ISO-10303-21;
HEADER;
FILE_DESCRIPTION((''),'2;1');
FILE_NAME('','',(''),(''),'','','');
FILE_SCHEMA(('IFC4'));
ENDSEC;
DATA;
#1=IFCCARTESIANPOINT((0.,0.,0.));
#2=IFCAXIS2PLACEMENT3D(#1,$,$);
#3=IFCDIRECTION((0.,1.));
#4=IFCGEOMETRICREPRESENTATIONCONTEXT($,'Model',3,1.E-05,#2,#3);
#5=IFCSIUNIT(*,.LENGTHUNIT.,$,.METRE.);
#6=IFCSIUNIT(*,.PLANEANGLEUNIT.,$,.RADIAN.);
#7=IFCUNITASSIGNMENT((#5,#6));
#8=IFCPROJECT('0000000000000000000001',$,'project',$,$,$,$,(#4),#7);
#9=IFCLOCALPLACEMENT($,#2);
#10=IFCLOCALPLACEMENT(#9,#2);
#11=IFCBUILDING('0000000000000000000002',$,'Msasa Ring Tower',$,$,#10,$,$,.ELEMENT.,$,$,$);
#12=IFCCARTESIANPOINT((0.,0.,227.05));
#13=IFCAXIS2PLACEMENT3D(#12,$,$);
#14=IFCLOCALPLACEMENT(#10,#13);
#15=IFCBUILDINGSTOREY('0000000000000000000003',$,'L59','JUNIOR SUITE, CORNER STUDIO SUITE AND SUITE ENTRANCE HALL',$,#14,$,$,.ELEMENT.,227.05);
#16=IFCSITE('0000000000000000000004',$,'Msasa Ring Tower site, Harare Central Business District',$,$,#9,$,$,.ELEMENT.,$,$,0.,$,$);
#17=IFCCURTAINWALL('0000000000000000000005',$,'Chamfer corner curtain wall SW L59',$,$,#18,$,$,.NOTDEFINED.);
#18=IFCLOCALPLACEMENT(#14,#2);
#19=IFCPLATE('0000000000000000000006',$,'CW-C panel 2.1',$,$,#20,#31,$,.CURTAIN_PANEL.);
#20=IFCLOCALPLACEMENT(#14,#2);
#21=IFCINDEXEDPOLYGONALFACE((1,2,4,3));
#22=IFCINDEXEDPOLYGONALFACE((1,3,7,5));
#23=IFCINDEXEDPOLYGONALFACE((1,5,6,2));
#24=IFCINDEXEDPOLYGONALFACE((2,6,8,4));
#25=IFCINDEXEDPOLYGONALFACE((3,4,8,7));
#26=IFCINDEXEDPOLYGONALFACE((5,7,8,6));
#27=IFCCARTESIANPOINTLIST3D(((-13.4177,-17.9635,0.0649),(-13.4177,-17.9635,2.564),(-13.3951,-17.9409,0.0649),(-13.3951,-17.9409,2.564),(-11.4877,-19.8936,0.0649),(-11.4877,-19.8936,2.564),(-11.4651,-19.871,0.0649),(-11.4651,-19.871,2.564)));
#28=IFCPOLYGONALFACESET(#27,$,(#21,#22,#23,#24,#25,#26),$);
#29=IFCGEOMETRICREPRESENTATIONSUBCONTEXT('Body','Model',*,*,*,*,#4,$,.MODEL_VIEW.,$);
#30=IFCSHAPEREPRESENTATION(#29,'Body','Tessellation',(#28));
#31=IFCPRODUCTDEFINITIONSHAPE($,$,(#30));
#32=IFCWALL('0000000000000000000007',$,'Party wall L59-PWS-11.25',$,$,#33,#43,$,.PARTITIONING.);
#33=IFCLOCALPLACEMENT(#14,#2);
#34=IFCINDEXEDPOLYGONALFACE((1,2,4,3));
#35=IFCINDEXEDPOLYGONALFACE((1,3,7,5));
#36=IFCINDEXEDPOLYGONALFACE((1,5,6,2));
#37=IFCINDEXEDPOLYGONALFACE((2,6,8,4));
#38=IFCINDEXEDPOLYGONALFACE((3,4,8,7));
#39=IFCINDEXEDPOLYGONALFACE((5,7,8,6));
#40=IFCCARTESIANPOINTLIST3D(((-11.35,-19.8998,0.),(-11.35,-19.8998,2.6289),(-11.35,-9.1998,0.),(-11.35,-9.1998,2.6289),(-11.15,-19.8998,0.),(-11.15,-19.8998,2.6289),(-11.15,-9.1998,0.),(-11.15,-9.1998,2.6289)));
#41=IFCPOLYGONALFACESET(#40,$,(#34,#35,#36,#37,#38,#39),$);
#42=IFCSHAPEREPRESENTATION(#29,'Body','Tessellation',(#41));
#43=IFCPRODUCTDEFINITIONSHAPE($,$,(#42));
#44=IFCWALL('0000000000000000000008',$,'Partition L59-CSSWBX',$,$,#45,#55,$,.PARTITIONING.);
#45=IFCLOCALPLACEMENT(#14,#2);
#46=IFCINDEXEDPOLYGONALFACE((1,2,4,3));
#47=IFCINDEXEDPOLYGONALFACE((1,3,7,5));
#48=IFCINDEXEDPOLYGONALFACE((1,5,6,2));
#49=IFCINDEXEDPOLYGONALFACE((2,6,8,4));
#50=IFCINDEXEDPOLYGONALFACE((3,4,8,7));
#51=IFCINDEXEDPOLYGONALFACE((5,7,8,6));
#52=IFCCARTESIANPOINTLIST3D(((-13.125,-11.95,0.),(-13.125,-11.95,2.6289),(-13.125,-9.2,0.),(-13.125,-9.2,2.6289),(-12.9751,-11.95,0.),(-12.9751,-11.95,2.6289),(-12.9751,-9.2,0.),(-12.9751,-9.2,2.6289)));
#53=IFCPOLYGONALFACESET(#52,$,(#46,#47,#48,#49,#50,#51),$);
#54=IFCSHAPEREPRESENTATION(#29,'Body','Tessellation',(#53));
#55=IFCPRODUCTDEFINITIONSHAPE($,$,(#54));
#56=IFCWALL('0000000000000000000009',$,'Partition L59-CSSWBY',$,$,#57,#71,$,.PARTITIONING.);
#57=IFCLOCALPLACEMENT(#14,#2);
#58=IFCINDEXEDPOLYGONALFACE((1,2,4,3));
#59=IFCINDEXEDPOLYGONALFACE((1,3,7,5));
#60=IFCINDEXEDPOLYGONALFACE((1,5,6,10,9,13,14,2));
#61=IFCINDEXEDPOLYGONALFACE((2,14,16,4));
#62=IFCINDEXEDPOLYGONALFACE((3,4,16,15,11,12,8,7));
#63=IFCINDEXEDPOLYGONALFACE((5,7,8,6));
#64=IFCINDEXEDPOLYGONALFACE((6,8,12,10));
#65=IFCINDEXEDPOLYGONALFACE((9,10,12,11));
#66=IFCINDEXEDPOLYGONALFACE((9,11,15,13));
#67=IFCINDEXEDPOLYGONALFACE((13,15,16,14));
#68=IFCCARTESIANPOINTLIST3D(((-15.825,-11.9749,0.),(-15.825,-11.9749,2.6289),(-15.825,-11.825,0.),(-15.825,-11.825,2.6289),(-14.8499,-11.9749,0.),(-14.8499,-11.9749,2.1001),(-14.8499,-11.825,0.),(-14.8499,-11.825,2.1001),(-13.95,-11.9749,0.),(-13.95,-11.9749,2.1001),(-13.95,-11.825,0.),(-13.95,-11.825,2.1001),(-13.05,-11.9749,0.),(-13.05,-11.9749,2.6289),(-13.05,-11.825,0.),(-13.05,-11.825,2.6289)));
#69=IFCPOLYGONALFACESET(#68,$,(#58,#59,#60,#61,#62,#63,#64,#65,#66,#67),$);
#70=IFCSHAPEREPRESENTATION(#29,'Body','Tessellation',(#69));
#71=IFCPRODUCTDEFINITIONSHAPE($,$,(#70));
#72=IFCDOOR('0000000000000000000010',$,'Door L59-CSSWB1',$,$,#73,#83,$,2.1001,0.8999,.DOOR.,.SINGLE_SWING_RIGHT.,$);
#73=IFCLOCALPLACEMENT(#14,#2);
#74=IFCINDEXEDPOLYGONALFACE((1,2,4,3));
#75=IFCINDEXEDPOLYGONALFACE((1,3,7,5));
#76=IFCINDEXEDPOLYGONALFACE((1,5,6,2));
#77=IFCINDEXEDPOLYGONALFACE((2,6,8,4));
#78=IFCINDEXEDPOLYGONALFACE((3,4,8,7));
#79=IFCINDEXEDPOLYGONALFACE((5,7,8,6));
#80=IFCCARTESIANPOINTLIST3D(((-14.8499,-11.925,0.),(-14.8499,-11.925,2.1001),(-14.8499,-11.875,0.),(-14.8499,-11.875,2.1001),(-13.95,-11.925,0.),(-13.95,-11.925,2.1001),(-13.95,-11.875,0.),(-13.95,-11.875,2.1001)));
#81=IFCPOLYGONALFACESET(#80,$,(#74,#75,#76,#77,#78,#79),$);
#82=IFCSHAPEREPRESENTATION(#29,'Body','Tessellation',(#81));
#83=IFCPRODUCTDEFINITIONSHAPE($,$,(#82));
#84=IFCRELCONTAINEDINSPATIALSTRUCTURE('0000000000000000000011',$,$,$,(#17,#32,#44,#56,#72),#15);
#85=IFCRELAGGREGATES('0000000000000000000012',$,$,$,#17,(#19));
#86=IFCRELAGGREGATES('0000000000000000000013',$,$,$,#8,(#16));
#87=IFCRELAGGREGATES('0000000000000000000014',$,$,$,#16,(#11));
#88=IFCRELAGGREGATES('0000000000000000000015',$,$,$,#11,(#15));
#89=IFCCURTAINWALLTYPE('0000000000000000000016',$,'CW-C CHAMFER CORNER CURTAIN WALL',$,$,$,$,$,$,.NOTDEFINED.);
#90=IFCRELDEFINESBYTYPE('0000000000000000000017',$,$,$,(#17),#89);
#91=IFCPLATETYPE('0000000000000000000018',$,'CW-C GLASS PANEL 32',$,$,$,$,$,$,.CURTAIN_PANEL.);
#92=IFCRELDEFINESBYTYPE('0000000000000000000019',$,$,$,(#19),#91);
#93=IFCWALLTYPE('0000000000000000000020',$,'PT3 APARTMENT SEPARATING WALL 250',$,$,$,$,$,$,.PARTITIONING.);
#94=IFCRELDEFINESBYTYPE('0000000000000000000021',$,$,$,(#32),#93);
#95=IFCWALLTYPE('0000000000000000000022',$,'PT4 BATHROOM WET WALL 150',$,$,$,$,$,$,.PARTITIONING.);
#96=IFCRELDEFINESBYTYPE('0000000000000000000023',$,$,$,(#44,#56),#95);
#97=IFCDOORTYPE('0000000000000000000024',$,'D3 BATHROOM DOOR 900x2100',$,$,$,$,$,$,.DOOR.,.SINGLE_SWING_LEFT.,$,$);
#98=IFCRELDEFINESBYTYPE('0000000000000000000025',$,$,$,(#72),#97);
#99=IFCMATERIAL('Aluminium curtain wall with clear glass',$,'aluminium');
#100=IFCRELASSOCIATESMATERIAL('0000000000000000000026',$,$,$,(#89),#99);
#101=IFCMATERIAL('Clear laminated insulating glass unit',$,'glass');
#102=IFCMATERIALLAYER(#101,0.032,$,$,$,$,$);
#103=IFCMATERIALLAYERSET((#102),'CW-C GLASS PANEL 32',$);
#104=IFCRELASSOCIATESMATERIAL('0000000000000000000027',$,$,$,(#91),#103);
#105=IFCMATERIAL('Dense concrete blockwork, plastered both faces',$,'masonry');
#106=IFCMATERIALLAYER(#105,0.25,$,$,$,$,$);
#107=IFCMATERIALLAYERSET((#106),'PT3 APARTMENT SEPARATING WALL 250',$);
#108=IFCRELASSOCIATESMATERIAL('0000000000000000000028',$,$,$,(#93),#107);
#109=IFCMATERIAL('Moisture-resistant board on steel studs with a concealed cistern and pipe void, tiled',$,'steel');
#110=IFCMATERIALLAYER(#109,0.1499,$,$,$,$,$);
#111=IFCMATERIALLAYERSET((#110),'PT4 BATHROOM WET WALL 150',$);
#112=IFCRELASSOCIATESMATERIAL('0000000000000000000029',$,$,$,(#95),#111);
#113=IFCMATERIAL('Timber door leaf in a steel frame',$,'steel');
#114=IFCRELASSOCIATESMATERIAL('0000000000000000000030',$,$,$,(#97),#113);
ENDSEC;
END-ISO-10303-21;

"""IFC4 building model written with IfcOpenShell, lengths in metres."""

from ifc_helpers import new_model, si_unit, direction, frame, frame_2d, origin, origin_2d, place, context, subcontext, project, spatial, rectangle, extrude, material, layer, layer_set, type_object, element, fill, aggregate, save


model = new_model("IFC4")

# Units and contexts
model_context = context("Model", 3, precision=1e-05, world=origin(), true_north=direction((0.0, 1.0)))
body_context = subcontext(model_context, "Body", "Model", "MODEL_VIEW")
ifc_project = project(units=[si_unit("LENGTHUNIT", "METRE"), si_unit("PLANEANGLEUNIT", "RADIAN")], contexts=[model_context])

# Site, building, storey
site_placement = place(None, origin())
site = spatial("IfcSite", under=ifc_project, at=site_placement, Name="Msasa Ring Tower site, Harare Central Business District", CompositionType="ELEMENT", RefElevation=0.0)
building_placement = place(site_placement, origin())
building = spatial("IfcBuilding", under=site, at=building_placement, Name="Msasa Ring Tower", CompositionType="ELEMENT")
storey_placement = place(building_placement, frame((0.0, 0.0, 227.05)))
storey = spatial("IfcBuildingStorey", under=building, at=storey_placement, Name="L59", Description="JUNIOR SUITE, CORNER STUDIO SUITE AND SUITE ENTRANCE HALL", CompositionType="ELEMENT", Elevation=227.05)

# Curtain wall
ifc_material_1 = material(Name="Aluminium curtain wall with clear glass", Category="aluminium")
curtain_wall_type = type_object("IfcCurtainWallType", Name="CW-C CHAMFER CORNER CURTAIN WALL", PredefinedType="NOTDEFINED", material=ifc_material_1)
curtain_wall_1_placement = place(storey_placement, origin())
curtain_wall_1 = element("IfcCurtainWall", 1, at=curtain_wall_1_placement, inside=storey, type_object=curtain_wall_type, Name="Chamfer corner curtain wall SW L59", PredefinedType="NOTDEFINED")

# Plate
ifc_material_2 = material(Name="Clear laminated insulating glass unit", Category="glass")
ifc_layer_1 = layer(ifc_material_2, 0.032)
ifc_layer_set_1 = layer_set([ifc_layer_1], Name="CW-C GLASS PANEL 32")
plate_type = type_object("IfcPlateType", Name="CW-C GLASS PANEL 32", PredefinedType="CURTAIN_PANEL", material=ifc_layer_set_1)
plate_1_placement = place(storey_placement, frame((-12.4414, -18.9172, 0.0649), z_axis=(0.0, 0.0, 1.0), x_axis=(0.707107, -0.707107, 0.0)))
plate_1 = element("IfcPlate", 2, at=plate_1_placement, type_object=plate_type, Name="CW-C panel 2.1", PredefinedType="CURTAIN_PANEL", context=body_context, shape_type="SweptSolid", body=[
    extrude(rectangle(XDim=2.7295, YDim=0.032, at=origin_2d()), origin(), (0.0, 0.0, 1.0), 2.499),
])
aggregate(curtain_wall_1, [plate_1])

# Walls
ifc_material_3 = material(Name="Dense concrete blockwork, plastered both faces", Category="masonry")
ifc_layer_2 = layer(ifc_material_3, 0.25)
ifc_layer_set_2 = layer_set([ifc_layer_2], Name="PT3 APARTMENT SEPARATING WALL 250")
wall_type_1 = type_object("IfcWallType", Name="PT3 APARTMENT SEPARATING WALL 250", PredefinedType="PARTITIONING", material=ifc_layer_set_2)
wall_1_placement = place(storey_placement, frame((-11.25, -19.8999, 0.0), z_axis=(0.0, 0.0, 1.0), x_axis=(0.0, 1.0, 0.0)))
element("IfcWall", 3, at=wall_1_placement, inside=storey, type_object=wall_type_1, Name="Party wall L59-PWS-11.25", PredefinedType="PARTITIONING", context=body_context, shape_type="SweptSolid", body=[
    extrude(rectangle(XDim=10.7, YDim=0.2, at=frame_2d((5.3501, 0.0))), origin(), (0.0, 0.0, 1.0), 2.6289),
])
ifc_material_4 = material(Name="Moisture-resistant board on steel studs with a concealed cistern and pipe void, tiled", Category="steel")
ifc_layer_3 = layer(ifc_material_4, 0.1499)
ifc_layer_set_3 = layer_set([ifc_layer_3], Name="PT4 BATHROOM WET WALL 150")
wall_type_2 = type_object("IfcWallType", Name="PT4 BATHROOM WET WALL 150", PredefinedType="PARTITIONING", material=ifc_layer_set_3)
wall_2_placement = place(storey_placement, frame((-13.05, -11.95, 0.0), z_axis=(0.0, 0.0, 1.0), x_axis=(0.0, 1.0, 0.0)))
element("IfcWall", 4, at=wall_2_placement, inside=storey, type_object=wall_type_2, Name="Partition L59-CSSWBX", PredefinedType="PARTITIONING", context=body_context, shape_type="SweptSolid", body=[
    extrude(rectangle(XDim=2.75, YDim=0.1499, at=frame_2d((1.375, 0.0))), origin(), (0.0, 0.0, 1.0), 2.6289),
])

# Wall, opening, door
wall_3_placement = place(storey_placement, frame((-15.825, -11.8999, 0.0), z_axis=(0.0, 0.0, 1.0), x_axis=(1.0, 0.0, 0.0)))
wall_3 = element("IfcWall", 5, at=wall_3_placement, inside=storey, type_object=wall_type_2, Name="Partition L59-CSSWBY", PredefinedType="PARTITIONING", context=body_context, shape_type="SweptSolid", body=[
    extrude(rectangle(XDim=2.7749, YDim=0.1499, at=frame_2d((1.3875, 0.0))), origin(), (0.0, 0.0, 1.0), 2.6289),
])
opening_placement = place(wall_3_placement, frame((0.9751, 0.0, 0.0)))
opening = element("IfcOpeningElement", 6, at=opening_placement, cuts=wall_3, PredefinedType="OPENING", context=body_context, shape_type="SweptSolid", body=[
    extrude(rectangle(XDim=0.8999, YDim=2.1001, at=frame_2d((0.45, 1.05))), frame((0.0, 0.085, 0.0), z_axis=(0.0, -1.0, 0.0), x_axis=(1.0, 0.0, 0.0)), (0.0, 0.0, 1.0), 0.1699),
])
ifc_material_5 = material(Name="Timber door leaf in a steel frame", Category="steel")
door_type = type_object("IfcDoorType", Name="D3 BATHROOM DOOR 900x2100", OperationType="SINGLE_SWING_LEFT", PredefinedType="DOOR", material=ifc_material_5)
door_placement = place(opening_placement, origin())
door = element("IfcDoor", 7, at=door_placement, inside=storey, type_object=door_type, Name="Door L59-CSSWB1", OperationType="SINGLE_SWING_RIGHT", OverallHeight=2.1001, OverallWidth=0.8999, PredefinedType="DOOR", context=body_context, shape_type="SweptSolid", body=[
    extrude(rectangle(XDim=0.8999, YDim=2.1001, at=frame_2d((0.45, 1.05))), frame((0.0, 0.0249, 0.0), z_axis=(0.0, -1.0, 0.0), x_axis=(1.0, 0.0, 0.0)), (0.0, 0.0, 1.0), 0.05),
])
fill(opening, door)

save(model, "model.ifc")
